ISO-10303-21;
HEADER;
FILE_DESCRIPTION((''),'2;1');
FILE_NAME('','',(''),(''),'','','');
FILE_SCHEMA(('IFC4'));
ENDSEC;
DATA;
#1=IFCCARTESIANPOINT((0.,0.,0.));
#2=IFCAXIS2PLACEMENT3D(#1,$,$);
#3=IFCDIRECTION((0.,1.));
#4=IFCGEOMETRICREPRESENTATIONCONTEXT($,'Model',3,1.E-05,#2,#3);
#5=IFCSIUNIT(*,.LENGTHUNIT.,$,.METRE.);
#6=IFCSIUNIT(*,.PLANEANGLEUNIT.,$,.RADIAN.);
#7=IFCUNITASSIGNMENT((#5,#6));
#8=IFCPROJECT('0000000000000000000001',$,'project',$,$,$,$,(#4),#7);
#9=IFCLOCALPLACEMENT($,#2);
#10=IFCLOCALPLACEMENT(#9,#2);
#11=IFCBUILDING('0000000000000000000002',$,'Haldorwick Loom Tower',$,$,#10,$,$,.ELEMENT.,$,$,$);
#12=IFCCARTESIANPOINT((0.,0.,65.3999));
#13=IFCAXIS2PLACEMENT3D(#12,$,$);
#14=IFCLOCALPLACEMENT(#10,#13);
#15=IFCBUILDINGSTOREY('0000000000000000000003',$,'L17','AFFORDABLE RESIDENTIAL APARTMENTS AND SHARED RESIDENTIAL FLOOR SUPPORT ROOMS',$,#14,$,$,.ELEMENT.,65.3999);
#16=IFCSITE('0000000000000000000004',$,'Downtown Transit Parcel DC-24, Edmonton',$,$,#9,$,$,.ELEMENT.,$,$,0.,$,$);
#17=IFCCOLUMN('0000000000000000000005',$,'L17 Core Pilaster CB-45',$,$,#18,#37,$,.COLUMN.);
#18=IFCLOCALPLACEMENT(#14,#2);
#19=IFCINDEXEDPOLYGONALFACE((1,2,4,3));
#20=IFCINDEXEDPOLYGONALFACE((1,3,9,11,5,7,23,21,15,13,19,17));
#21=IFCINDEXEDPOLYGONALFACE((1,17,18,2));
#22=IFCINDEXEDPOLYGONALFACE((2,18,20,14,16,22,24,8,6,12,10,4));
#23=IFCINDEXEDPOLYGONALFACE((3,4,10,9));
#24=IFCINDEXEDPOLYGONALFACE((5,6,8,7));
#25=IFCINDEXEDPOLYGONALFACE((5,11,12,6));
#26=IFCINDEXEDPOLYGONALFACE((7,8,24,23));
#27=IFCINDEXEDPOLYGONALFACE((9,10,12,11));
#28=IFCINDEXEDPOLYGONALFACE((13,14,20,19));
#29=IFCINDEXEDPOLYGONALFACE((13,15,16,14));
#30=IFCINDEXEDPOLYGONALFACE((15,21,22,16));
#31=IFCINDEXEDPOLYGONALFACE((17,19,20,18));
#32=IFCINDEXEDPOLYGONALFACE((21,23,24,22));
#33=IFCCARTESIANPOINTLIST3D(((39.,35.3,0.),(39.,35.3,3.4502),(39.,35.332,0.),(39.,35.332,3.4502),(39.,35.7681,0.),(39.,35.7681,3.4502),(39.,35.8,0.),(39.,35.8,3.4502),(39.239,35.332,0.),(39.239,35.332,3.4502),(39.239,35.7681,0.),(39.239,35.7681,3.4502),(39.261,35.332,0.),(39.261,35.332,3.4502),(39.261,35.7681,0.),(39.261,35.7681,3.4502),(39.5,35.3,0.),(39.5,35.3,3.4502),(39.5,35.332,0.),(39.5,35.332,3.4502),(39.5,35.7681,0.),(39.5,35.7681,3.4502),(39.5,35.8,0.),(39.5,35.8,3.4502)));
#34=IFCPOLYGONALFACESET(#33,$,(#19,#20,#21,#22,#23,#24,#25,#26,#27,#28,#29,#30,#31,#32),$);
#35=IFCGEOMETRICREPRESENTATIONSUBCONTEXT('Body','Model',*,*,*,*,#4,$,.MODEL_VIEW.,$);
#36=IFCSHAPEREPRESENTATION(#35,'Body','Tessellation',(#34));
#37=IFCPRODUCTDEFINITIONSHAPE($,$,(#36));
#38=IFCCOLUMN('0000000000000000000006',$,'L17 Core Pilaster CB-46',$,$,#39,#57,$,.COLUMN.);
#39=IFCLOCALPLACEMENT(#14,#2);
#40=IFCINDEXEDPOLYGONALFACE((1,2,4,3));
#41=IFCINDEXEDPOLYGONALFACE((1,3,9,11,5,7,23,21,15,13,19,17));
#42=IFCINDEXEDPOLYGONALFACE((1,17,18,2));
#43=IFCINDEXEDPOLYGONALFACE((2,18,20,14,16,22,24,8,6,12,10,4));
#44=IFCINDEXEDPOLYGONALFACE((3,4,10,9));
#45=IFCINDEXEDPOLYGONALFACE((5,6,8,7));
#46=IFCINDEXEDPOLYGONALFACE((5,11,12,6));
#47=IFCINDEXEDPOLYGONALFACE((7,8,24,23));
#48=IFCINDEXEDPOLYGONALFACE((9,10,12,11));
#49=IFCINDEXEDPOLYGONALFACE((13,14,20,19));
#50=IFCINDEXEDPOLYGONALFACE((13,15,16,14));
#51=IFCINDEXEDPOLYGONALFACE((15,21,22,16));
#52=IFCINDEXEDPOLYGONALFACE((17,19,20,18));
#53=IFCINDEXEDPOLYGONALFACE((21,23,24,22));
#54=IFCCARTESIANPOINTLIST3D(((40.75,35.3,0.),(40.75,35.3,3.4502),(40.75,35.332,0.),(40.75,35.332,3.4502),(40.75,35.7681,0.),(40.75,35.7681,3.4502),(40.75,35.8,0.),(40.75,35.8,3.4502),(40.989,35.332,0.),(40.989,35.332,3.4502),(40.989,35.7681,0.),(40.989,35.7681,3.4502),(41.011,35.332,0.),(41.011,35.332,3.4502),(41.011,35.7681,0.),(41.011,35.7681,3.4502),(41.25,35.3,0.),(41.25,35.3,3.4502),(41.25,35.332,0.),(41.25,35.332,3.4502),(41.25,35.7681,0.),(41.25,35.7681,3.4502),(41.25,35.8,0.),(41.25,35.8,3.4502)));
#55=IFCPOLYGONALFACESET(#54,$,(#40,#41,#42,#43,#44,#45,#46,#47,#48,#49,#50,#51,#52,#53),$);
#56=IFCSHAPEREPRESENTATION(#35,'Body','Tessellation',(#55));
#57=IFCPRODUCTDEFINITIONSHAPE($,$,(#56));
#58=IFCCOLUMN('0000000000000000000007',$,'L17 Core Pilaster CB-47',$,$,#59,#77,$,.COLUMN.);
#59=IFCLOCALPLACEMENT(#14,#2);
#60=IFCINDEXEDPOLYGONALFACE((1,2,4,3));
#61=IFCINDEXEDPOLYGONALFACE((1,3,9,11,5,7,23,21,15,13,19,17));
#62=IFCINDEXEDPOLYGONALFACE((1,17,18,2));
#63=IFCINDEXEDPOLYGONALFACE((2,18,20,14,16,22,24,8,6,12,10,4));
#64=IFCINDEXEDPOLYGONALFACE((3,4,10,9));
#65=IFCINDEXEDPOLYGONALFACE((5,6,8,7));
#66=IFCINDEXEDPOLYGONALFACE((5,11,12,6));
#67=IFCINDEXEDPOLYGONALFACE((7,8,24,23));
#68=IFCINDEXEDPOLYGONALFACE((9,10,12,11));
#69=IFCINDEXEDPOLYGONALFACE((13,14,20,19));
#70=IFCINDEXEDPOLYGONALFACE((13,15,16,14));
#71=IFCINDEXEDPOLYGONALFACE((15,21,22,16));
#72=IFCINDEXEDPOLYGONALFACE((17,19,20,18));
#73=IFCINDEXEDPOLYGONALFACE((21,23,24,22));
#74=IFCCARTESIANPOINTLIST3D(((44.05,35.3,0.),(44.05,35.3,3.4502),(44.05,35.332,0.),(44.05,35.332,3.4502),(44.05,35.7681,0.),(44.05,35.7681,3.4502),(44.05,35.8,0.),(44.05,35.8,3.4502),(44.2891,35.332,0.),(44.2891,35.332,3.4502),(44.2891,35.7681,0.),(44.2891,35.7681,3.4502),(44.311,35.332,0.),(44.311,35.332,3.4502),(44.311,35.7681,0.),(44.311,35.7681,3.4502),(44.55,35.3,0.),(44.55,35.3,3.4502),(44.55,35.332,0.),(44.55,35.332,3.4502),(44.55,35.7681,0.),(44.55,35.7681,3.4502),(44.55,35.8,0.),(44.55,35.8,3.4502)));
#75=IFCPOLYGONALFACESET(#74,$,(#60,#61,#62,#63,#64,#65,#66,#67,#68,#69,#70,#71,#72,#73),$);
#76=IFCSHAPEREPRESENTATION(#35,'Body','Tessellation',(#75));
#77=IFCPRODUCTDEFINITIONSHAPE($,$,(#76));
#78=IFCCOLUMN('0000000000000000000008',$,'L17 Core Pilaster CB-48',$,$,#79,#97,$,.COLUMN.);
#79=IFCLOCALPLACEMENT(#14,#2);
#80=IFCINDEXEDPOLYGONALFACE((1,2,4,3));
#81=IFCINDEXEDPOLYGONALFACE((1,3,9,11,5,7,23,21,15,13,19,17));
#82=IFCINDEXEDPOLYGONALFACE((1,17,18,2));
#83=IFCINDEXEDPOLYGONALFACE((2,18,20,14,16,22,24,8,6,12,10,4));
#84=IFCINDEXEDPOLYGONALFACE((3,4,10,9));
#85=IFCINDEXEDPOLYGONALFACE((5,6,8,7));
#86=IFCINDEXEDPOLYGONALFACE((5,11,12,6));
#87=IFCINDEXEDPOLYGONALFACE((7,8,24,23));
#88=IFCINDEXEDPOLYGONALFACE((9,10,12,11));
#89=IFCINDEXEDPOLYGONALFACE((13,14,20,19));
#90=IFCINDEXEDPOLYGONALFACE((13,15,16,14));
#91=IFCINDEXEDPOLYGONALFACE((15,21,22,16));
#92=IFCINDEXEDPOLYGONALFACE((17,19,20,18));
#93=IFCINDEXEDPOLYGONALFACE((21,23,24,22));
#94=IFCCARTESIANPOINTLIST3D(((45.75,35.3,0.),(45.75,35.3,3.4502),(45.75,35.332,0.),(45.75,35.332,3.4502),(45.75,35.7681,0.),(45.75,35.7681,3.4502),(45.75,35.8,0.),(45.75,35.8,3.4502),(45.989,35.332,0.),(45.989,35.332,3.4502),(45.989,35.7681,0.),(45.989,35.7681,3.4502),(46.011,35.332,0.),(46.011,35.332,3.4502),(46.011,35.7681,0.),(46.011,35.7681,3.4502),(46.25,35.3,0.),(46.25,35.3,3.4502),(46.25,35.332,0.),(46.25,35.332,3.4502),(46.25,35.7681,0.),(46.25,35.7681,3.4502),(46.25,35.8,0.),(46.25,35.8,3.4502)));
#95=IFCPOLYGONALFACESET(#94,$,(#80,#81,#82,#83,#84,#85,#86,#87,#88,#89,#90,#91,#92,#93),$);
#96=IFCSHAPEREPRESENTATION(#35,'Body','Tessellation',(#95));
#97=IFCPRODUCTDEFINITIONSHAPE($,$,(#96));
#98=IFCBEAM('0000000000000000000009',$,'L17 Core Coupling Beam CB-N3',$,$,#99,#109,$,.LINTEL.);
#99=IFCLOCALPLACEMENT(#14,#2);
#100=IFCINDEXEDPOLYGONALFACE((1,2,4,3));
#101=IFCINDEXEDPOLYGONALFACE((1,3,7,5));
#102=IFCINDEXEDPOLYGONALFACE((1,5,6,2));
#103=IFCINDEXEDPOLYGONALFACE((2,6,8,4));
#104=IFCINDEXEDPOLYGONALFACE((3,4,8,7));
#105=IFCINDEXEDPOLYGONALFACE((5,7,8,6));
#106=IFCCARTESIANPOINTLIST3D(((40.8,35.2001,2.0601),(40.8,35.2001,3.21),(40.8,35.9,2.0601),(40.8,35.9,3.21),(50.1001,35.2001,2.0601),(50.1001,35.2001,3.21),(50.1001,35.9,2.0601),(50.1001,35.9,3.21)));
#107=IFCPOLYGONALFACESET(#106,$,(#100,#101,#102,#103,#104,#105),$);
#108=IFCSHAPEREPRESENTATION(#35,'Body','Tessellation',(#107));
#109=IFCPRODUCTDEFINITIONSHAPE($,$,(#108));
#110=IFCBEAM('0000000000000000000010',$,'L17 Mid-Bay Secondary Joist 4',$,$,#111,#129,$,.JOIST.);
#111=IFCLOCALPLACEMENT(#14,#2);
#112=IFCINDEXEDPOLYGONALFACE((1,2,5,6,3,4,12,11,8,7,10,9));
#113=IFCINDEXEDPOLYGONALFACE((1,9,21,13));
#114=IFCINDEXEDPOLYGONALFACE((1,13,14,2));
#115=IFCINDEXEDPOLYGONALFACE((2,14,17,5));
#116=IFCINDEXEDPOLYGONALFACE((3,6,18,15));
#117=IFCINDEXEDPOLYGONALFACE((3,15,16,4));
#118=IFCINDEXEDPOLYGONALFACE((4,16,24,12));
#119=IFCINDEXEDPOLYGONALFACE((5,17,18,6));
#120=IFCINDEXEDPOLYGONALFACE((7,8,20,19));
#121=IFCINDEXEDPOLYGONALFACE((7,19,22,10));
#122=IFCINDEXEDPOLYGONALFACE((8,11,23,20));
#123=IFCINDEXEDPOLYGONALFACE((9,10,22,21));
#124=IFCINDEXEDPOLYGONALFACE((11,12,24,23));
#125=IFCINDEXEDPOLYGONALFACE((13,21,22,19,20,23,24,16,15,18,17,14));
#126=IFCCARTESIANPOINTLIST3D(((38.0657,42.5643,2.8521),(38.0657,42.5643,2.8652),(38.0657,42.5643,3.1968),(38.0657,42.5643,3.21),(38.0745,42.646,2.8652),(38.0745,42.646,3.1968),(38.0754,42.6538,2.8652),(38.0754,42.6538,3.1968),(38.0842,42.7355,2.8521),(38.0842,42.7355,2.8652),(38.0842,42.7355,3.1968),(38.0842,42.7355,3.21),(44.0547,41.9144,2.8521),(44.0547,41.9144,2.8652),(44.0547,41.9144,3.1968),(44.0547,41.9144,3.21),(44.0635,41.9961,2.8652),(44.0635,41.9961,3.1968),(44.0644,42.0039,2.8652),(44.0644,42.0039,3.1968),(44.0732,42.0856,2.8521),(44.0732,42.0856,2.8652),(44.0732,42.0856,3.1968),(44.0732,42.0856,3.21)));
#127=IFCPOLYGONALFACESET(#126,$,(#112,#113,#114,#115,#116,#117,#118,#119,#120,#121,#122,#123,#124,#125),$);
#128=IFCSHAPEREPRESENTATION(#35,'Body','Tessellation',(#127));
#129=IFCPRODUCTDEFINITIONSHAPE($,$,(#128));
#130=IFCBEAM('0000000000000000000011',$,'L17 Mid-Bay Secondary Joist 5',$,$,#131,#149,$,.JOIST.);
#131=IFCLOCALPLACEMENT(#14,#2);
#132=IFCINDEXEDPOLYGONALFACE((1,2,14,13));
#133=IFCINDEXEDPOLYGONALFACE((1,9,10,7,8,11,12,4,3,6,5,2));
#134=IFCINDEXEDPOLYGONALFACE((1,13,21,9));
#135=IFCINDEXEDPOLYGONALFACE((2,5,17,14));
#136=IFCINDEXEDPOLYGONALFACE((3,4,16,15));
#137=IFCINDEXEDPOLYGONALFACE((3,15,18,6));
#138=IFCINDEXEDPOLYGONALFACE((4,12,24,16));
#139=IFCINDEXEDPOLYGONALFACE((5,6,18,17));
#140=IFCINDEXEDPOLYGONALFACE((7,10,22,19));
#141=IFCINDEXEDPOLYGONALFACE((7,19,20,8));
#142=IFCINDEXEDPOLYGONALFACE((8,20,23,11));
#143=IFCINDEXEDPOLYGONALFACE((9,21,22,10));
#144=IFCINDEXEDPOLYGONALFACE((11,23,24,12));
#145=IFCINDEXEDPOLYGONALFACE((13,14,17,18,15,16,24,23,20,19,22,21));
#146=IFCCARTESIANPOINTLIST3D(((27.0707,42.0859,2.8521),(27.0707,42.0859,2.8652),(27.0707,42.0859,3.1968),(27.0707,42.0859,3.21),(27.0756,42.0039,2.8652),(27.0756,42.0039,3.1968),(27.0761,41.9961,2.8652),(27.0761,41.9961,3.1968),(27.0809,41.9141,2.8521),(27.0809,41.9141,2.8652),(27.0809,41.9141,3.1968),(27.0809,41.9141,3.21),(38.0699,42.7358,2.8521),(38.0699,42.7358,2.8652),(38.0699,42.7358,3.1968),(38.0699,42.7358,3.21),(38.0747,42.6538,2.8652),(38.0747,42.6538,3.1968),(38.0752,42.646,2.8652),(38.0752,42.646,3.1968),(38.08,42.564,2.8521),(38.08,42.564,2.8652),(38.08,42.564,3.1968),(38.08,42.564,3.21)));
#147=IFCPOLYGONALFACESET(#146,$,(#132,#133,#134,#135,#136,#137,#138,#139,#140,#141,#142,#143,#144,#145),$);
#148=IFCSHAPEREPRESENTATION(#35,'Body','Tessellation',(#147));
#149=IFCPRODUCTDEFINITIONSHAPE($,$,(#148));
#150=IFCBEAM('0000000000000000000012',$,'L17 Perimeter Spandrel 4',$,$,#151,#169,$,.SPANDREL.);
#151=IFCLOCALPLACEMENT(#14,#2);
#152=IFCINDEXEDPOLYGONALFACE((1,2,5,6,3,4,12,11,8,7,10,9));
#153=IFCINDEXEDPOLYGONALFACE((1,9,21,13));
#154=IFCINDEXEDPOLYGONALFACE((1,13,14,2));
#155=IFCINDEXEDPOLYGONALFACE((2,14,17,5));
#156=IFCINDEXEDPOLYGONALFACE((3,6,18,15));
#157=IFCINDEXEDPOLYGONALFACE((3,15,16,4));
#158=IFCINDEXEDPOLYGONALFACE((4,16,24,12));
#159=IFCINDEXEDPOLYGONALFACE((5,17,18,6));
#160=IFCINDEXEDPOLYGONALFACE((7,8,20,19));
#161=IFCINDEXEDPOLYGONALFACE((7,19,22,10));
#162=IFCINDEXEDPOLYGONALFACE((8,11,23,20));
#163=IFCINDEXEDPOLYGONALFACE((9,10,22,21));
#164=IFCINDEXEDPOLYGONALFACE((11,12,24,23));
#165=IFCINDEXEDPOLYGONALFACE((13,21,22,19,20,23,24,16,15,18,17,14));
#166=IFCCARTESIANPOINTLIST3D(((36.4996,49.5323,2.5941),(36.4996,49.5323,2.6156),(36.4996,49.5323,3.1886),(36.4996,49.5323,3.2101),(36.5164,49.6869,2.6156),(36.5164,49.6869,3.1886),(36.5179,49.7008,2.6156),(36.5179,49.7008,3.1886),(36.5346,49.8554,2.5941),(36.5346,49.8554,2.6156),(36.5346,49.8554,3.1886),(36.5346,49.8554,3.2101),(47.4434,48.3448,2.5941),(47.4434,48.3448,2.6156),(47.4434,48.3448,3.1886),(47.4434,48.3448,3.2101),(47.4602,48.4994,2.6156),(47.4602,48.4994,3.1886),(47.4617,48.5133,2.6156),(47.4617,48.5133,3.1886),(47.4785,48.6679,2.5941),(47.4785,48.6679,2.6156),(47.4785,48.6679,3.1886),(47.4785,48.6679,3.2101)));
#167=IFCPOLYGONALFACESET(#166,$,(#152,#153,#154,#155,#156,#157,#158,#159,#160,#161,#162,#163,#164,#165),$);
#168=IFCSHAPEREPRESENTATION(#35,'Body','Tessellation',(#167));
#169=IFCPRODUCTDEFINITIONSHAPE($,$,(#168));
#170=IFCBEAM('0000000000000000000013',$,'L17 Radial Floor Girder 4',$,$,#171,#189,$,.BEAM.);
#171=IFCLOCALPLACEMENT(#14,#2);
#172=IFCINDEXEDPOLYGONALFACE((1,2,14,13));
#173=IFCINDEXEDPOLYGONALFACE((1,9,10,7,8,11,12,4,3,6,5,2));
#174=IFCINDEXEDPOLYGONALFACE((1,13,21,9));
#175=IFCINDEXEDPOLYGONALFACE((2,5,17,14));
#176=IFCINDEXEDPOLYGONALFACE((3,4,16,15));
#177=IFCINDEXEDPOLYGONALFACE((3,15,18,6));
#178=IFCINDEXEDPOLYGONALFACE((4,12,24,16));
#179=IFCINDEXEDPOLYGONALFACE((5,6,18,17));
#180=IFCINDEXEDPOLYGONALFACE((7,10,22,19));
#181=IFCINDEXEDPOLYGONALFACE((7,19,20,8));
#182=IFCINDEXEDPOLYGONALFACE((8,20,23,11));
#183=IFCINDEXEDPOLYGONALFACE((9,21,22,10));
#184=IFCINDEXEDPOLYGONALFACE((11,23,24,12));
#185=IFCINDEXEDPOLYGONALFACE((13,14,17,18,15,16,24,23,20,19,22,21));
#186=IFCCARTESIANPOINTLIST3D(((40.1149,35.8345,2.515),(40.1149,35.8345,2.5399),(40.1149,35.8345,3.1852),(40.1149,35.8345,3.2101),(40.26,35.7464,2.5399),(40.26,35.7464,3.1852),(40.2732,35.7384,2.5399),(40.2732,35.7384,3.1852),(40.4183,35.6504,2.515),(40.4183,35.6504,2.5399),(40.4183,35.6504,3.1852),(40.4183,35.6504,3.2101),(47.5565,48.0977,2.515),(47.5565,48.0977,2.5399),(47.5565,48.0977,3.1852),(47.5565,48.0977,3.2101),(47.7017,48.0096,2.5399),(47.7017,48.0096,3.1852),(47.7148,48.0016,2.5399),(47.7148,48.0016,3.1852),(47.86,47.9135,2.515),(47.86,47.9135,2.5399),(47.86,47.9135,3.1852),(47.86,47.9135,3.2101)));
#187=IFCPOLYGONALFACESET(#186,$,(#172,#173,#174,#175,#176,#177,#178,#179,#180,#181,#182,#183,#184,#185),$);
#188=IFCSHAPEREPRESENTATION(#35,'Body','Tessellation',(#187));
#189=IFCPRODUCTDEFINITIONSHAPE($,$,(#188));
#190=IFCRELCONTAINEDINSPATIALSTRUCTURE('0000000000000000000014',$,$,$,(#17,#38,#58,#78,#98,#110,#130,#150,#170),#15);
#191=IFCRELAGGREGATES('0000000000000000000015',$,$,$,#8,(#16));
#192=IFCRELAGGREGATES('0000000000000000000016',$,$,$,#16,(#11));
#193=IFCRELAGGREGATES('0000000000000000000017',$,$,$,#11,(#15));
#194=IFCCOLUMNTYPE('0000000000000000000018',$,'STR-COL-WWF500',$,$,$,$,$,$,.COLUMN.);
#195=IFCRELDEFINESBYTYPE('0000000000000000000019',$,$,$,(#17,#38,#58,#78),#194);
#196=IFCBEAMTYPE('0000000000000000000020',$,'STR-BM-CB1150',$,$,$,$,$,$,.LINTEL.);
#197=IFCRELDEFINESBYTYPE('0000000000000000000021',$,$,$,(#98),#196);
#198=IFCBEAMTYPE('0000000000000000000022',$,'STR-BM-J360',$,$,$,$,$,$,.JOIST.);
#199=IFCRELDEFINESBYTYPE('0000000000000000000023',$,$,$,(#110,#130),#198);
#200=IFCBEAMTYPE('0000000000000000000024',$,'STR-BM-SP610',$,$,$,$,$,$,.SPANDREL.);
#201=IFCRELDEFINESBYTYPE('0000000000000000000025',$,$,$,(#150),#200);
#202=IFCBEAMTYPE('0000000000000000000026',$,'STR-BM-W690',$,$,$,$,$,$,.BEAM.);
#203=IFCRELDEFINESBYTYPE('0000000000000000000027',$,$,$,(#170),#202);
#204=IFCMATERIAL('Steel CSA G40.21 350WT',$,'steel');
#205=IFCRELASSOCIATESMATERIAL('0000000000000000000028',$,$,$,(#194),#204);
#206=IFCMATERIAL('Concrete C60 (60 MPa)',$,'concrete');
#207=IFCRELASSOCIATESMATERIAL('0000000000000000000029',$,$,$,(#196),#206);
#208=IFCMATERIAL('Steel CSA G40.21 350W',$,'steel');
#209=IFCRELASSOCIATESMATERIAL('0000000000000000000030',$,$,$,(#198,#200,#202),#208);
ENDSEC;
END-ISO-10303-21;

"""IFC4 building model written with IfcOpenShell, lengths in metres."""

from ifc_helpers import new_model, si_unit, direction, frame, origin, origin_2d, place, context, subcontext, project, spatial, rectangle, i_section, extrude, material, material_profile, profile_set, type_object, element, save


model = new_model("IFC4")

# Units and contexts
model_context = context("Model", 3, precision=1e-05, world=origin(), true_north=direction((0.0, 1.0)))
body_context = subcontext(model_context, "Body", "Model", "MODEL_VIEW")
ifc_project = project(units=[si_unit("LENGTHUNIT", "METRE"), si_unit("PLANEANGLEUNIT", "RADIAN")], contexts=[model_context])

# Site, building, storey
site_placement = place(None, origin())
site = spatial("IfcSite", under=ifc_project, at=site_placement, Name="Downtown Transit Parcel DC-24, Edmonton", CompositionType="ELEMENT", RefElevation=0.0)
building_placement = place(site_placement, origin())
building = spatial("IfcBuilding", under=site, at=building_placement, Name="Haldorwick Loom Tower", CompositionType="ELEMENT")
storey_placement = place(building_placement, frame((0.0, 0.0, 65.3999)))
storey = spatial("IfcBuildingStorey", under=building, at=storey_placement, Name="L17", Description="AFFORDABLE RESIDENTIAL APARTMENTS AND SHARED RESIDENTIAL FLOOR SUPPORT ROOMS", CompositionType="ELEMENT", Elevation=65.3999)

# Columns
ifc_material_1 = material(Name="Concrete C60 (60 MPa)", Category="concrete")
ifc_material_2 = material(Name="Steel CSA G40.21 350WT", Category="steel")
ifc_material_profile_1 = material_profile(ifc_material_2, i_section(OverallWidth=0.5, OverallDepth=0.5, WebThickness=0.022, FlangeThickness=0.032, at=origin_2d()), Name="WWF500X500", Category="steel")
ifc_profile_set_1 = profile_set([ifc_material_profile_1], Name="Steel CSA G40.21 350WT")
column_type_1 = type_object("IfcColumnType", Name="STR-COL-WWF500", PredefinedType="COLUMN", material=ifc_profile_set_1)
for number, where, z_axis, x_axis, name in (
    (1, (39.25, 35.55, 0.0), (0.0, 0.0, 1.0), (1.0, 0.0, 0.0), "L17 Core Pilaster CB-45"),
    (2, (41.0, 35.55, 0.0), (0.0, 0.0, 1.0), (1.0, 0.0, 0.0), "L17 Core Pilaster CB-46"),
    (3, (44.3, 35.55, 0.0), (0.0, 0.0, 1.0), (1.0, 0.0, 0.0), "L17 Core Pilaster CB-47"),
    (4, (46.0, 35.55, 0.0), (0.0, 0.0, 1.0), (1.0, 0.0, 0.0), "L17 Core Pilaster CB-48"),
):
    element("IfcColumn", number, at=place(storey_placement, frame(where, z_axis=z_axis, x_axis=x_axis)), inside=storey, type_object=column_type_1, Name=name, PredefinedType="COLUMN", context=body_context, shape_type="SweptSolid", body=[
        extrude(i_section(OverallWidth=0.5, OverallDepth=0.5, WebThickness=0.022, FlangeThickness=0.032, at=origin_2d()), origin(), (0.0, 0.0, 1.0), 3.4502),
    ])

# Beams
ifc_material_profile_2 = material_profile(ifc_material_1, rectangle(XDim=0.7, YDim=1.1499, at=origin_2d()), Name="RC700X1150", Category="concrete")
ifc_profile_set_2 = profile_set([ifc_material_profile_2], Name="Concrete C60 (60 MPa)")
beam_type_1 = type_object("IfcBeamType", Name="STR-BM-CB1150", PredefinedType="LINTEL", material=ifc_profile_set_2)
beam_1_placement = place(storey_placement, frame((40.8, 35.55, 2.635), z_axis=(1.0, 0.0, 0.0), x_axis=(0.0, 1.0, 0.0)))
element("IfcBeam", 5, at=beam_1_placement, inside=storey, type_object=beam_type_1, Name="L17 Core Coupling Beam CB-N3", PredefinedType="LINTEL", context=body_context, shape_type="SweptSolid", body=[
    extrude(rectangle(XDim=0.7, YDim=1.1499, at=origin_2d()), origin(), (0.0, 0.0, 1.0), 9.3),
])
ifc_material_3 = material(Name="Steel CSA G40.21 350W", Category="steel")
ifc_material_profile_3 = material_profile(ifc_material_3, i_section(OverallWidth=0.1721, OverallDepth=0.3579, WebThickness=0.0078, FlangeThickness=0.0132, at=origin_2d()), Name="W360X57", Category="steel")
ifc_profile_set_3 = profile_set([ifc_material_profile_3], Name="Steel CSA G40.21 350W")
beam_type_2 = type_object("IfcBeamType", Name="STR-BM-J360", PredefinedType="JOIST", material=ifc_profile_set_3)
beam_2_placement = place(storey_placement, frame((44.064, 42.0, 3.031), z_axis=(-0.994164, 0.107882, 0.0), x_axis=(-0.107882, -0.994164, 0.0)))
element("IfcBeam", 6, at=beam_2_placement, inside=storey, type_object=beam_type_2, Name="L17 Mid-Bay Secondary Joist 4", PredefinedType="JOIST", context=body_context, shape_type="SweptSolid", body=[
    extrude(i_section(OverallWidth=0.1721, OverallDepth=0.3579, WebThickness=0.0078, FlangeThickness=0.0132, at=origin_2d()), origin(), (0.0, 0.0, 1.0), 6.0242),
])
beam_3_placement = place(storey_placement, frame((38.075, 42.6499, 3.031), z_axis=(-0.998259, -0.058984, 0.0), x_axis=(0.058984, -0.998259, 0.0)))
element("IfcBeam", 7, at=beam_3_placement, inside=storey, type_object=beam_type_2, Name="L17 Mid-Bay Secondary Joist 5", PredefinedType="JOIST", context=body_context, shape_type="SweptSolid", body=[
    extrude(i_section(OverallWidth=0.1721, OverallDepth=0.3579, WebThickness=0.0078, FlangeThickness=0.0132, at=origin_2d()), origin(), (0.0, 0.0, 1.0), 11.0183),
])
ifc_material_profile_4 = material_profile(ifc_material_3, i_section(OverallWidth=0.325, OverallDepth=0.616, WebThickness=0.0139, FlangeThickness=0.0215, at=origin_2d()), Name="W610X174", Category="steel")
ifc_profile_set_4 = profile_set([ifc_material_profile_4], Name="Steel CSA G40.21 350W")
beam_type_3 = type_object("IfcBeamType", Name="STR-BM-SP610", PredefinedType="SPANDREL", material=ifc_profile_set_4)
beam_4_placement = place(storey_placement, frame((47.4609, 48.5063, 2.9021), z_axis=(-0.994164, 0.107875, 0.0), x_axis=(-0.107875, -0.994164, 0.0)))
element("IfcBeam", 8, at=beam_4_placement, inside=storey, type_object=beam_type_3, Name="L17 Perimeter Spandrel 4", PredefinedType="SPANDREL", context=body_context, shape_type="SweptSolid", body=[
    extrude(i_section(OverallWidth=0.325, OverallDepth=0.616, WebThickness=0.0139, FlangeThickness=0.0215, at=origin_2d()), origin(), (0.0, 0.0, 1.0), 11.0081),
])
ifc_material_profile_5 = material_profile(ifc_material_3, i_section(OverallWidth=0.355, OverallDepth=0.6951, WebThickness=0.0154, FlangeThickness=0.0249, at=origin_2d()), Name="W690X217", Category="steel")
ifc_profile_set_5 = profile_set([ifc_material_profile_5], Name="Steel CSA G40.21 350W")
beam_type_4 = type_object("IfcBeamType", Name="STR-BM-W690", PredefinedType="BEAM", material=ifc_profile_set_5)
beam_5_placement = place(storey_placement, frame((40.2666, 35.7424, 2.8625), z_axis=(0.518782, 0.854907, 0.0), x_axis=(-0.854907, 0.518782, 0.0)))
element("IfcBeam", 9, at=beam_5_placement, inside=storey, type_object=beam_type_4, Name="L17 Radial Floor Girder 4", PredefinedType="BEAM", context=body_context, shape_type="SweptSolid", body=[
    extrude(i_section(OverallWidth=0.355, OverallDepth=0.6951, WebThickness=0.0154, FlangeThickness=0.0249, at=origin_2d()), origin(), (0.0, 0.0, 1.0), 14.3445),
])

save(model, "model.ifc")
